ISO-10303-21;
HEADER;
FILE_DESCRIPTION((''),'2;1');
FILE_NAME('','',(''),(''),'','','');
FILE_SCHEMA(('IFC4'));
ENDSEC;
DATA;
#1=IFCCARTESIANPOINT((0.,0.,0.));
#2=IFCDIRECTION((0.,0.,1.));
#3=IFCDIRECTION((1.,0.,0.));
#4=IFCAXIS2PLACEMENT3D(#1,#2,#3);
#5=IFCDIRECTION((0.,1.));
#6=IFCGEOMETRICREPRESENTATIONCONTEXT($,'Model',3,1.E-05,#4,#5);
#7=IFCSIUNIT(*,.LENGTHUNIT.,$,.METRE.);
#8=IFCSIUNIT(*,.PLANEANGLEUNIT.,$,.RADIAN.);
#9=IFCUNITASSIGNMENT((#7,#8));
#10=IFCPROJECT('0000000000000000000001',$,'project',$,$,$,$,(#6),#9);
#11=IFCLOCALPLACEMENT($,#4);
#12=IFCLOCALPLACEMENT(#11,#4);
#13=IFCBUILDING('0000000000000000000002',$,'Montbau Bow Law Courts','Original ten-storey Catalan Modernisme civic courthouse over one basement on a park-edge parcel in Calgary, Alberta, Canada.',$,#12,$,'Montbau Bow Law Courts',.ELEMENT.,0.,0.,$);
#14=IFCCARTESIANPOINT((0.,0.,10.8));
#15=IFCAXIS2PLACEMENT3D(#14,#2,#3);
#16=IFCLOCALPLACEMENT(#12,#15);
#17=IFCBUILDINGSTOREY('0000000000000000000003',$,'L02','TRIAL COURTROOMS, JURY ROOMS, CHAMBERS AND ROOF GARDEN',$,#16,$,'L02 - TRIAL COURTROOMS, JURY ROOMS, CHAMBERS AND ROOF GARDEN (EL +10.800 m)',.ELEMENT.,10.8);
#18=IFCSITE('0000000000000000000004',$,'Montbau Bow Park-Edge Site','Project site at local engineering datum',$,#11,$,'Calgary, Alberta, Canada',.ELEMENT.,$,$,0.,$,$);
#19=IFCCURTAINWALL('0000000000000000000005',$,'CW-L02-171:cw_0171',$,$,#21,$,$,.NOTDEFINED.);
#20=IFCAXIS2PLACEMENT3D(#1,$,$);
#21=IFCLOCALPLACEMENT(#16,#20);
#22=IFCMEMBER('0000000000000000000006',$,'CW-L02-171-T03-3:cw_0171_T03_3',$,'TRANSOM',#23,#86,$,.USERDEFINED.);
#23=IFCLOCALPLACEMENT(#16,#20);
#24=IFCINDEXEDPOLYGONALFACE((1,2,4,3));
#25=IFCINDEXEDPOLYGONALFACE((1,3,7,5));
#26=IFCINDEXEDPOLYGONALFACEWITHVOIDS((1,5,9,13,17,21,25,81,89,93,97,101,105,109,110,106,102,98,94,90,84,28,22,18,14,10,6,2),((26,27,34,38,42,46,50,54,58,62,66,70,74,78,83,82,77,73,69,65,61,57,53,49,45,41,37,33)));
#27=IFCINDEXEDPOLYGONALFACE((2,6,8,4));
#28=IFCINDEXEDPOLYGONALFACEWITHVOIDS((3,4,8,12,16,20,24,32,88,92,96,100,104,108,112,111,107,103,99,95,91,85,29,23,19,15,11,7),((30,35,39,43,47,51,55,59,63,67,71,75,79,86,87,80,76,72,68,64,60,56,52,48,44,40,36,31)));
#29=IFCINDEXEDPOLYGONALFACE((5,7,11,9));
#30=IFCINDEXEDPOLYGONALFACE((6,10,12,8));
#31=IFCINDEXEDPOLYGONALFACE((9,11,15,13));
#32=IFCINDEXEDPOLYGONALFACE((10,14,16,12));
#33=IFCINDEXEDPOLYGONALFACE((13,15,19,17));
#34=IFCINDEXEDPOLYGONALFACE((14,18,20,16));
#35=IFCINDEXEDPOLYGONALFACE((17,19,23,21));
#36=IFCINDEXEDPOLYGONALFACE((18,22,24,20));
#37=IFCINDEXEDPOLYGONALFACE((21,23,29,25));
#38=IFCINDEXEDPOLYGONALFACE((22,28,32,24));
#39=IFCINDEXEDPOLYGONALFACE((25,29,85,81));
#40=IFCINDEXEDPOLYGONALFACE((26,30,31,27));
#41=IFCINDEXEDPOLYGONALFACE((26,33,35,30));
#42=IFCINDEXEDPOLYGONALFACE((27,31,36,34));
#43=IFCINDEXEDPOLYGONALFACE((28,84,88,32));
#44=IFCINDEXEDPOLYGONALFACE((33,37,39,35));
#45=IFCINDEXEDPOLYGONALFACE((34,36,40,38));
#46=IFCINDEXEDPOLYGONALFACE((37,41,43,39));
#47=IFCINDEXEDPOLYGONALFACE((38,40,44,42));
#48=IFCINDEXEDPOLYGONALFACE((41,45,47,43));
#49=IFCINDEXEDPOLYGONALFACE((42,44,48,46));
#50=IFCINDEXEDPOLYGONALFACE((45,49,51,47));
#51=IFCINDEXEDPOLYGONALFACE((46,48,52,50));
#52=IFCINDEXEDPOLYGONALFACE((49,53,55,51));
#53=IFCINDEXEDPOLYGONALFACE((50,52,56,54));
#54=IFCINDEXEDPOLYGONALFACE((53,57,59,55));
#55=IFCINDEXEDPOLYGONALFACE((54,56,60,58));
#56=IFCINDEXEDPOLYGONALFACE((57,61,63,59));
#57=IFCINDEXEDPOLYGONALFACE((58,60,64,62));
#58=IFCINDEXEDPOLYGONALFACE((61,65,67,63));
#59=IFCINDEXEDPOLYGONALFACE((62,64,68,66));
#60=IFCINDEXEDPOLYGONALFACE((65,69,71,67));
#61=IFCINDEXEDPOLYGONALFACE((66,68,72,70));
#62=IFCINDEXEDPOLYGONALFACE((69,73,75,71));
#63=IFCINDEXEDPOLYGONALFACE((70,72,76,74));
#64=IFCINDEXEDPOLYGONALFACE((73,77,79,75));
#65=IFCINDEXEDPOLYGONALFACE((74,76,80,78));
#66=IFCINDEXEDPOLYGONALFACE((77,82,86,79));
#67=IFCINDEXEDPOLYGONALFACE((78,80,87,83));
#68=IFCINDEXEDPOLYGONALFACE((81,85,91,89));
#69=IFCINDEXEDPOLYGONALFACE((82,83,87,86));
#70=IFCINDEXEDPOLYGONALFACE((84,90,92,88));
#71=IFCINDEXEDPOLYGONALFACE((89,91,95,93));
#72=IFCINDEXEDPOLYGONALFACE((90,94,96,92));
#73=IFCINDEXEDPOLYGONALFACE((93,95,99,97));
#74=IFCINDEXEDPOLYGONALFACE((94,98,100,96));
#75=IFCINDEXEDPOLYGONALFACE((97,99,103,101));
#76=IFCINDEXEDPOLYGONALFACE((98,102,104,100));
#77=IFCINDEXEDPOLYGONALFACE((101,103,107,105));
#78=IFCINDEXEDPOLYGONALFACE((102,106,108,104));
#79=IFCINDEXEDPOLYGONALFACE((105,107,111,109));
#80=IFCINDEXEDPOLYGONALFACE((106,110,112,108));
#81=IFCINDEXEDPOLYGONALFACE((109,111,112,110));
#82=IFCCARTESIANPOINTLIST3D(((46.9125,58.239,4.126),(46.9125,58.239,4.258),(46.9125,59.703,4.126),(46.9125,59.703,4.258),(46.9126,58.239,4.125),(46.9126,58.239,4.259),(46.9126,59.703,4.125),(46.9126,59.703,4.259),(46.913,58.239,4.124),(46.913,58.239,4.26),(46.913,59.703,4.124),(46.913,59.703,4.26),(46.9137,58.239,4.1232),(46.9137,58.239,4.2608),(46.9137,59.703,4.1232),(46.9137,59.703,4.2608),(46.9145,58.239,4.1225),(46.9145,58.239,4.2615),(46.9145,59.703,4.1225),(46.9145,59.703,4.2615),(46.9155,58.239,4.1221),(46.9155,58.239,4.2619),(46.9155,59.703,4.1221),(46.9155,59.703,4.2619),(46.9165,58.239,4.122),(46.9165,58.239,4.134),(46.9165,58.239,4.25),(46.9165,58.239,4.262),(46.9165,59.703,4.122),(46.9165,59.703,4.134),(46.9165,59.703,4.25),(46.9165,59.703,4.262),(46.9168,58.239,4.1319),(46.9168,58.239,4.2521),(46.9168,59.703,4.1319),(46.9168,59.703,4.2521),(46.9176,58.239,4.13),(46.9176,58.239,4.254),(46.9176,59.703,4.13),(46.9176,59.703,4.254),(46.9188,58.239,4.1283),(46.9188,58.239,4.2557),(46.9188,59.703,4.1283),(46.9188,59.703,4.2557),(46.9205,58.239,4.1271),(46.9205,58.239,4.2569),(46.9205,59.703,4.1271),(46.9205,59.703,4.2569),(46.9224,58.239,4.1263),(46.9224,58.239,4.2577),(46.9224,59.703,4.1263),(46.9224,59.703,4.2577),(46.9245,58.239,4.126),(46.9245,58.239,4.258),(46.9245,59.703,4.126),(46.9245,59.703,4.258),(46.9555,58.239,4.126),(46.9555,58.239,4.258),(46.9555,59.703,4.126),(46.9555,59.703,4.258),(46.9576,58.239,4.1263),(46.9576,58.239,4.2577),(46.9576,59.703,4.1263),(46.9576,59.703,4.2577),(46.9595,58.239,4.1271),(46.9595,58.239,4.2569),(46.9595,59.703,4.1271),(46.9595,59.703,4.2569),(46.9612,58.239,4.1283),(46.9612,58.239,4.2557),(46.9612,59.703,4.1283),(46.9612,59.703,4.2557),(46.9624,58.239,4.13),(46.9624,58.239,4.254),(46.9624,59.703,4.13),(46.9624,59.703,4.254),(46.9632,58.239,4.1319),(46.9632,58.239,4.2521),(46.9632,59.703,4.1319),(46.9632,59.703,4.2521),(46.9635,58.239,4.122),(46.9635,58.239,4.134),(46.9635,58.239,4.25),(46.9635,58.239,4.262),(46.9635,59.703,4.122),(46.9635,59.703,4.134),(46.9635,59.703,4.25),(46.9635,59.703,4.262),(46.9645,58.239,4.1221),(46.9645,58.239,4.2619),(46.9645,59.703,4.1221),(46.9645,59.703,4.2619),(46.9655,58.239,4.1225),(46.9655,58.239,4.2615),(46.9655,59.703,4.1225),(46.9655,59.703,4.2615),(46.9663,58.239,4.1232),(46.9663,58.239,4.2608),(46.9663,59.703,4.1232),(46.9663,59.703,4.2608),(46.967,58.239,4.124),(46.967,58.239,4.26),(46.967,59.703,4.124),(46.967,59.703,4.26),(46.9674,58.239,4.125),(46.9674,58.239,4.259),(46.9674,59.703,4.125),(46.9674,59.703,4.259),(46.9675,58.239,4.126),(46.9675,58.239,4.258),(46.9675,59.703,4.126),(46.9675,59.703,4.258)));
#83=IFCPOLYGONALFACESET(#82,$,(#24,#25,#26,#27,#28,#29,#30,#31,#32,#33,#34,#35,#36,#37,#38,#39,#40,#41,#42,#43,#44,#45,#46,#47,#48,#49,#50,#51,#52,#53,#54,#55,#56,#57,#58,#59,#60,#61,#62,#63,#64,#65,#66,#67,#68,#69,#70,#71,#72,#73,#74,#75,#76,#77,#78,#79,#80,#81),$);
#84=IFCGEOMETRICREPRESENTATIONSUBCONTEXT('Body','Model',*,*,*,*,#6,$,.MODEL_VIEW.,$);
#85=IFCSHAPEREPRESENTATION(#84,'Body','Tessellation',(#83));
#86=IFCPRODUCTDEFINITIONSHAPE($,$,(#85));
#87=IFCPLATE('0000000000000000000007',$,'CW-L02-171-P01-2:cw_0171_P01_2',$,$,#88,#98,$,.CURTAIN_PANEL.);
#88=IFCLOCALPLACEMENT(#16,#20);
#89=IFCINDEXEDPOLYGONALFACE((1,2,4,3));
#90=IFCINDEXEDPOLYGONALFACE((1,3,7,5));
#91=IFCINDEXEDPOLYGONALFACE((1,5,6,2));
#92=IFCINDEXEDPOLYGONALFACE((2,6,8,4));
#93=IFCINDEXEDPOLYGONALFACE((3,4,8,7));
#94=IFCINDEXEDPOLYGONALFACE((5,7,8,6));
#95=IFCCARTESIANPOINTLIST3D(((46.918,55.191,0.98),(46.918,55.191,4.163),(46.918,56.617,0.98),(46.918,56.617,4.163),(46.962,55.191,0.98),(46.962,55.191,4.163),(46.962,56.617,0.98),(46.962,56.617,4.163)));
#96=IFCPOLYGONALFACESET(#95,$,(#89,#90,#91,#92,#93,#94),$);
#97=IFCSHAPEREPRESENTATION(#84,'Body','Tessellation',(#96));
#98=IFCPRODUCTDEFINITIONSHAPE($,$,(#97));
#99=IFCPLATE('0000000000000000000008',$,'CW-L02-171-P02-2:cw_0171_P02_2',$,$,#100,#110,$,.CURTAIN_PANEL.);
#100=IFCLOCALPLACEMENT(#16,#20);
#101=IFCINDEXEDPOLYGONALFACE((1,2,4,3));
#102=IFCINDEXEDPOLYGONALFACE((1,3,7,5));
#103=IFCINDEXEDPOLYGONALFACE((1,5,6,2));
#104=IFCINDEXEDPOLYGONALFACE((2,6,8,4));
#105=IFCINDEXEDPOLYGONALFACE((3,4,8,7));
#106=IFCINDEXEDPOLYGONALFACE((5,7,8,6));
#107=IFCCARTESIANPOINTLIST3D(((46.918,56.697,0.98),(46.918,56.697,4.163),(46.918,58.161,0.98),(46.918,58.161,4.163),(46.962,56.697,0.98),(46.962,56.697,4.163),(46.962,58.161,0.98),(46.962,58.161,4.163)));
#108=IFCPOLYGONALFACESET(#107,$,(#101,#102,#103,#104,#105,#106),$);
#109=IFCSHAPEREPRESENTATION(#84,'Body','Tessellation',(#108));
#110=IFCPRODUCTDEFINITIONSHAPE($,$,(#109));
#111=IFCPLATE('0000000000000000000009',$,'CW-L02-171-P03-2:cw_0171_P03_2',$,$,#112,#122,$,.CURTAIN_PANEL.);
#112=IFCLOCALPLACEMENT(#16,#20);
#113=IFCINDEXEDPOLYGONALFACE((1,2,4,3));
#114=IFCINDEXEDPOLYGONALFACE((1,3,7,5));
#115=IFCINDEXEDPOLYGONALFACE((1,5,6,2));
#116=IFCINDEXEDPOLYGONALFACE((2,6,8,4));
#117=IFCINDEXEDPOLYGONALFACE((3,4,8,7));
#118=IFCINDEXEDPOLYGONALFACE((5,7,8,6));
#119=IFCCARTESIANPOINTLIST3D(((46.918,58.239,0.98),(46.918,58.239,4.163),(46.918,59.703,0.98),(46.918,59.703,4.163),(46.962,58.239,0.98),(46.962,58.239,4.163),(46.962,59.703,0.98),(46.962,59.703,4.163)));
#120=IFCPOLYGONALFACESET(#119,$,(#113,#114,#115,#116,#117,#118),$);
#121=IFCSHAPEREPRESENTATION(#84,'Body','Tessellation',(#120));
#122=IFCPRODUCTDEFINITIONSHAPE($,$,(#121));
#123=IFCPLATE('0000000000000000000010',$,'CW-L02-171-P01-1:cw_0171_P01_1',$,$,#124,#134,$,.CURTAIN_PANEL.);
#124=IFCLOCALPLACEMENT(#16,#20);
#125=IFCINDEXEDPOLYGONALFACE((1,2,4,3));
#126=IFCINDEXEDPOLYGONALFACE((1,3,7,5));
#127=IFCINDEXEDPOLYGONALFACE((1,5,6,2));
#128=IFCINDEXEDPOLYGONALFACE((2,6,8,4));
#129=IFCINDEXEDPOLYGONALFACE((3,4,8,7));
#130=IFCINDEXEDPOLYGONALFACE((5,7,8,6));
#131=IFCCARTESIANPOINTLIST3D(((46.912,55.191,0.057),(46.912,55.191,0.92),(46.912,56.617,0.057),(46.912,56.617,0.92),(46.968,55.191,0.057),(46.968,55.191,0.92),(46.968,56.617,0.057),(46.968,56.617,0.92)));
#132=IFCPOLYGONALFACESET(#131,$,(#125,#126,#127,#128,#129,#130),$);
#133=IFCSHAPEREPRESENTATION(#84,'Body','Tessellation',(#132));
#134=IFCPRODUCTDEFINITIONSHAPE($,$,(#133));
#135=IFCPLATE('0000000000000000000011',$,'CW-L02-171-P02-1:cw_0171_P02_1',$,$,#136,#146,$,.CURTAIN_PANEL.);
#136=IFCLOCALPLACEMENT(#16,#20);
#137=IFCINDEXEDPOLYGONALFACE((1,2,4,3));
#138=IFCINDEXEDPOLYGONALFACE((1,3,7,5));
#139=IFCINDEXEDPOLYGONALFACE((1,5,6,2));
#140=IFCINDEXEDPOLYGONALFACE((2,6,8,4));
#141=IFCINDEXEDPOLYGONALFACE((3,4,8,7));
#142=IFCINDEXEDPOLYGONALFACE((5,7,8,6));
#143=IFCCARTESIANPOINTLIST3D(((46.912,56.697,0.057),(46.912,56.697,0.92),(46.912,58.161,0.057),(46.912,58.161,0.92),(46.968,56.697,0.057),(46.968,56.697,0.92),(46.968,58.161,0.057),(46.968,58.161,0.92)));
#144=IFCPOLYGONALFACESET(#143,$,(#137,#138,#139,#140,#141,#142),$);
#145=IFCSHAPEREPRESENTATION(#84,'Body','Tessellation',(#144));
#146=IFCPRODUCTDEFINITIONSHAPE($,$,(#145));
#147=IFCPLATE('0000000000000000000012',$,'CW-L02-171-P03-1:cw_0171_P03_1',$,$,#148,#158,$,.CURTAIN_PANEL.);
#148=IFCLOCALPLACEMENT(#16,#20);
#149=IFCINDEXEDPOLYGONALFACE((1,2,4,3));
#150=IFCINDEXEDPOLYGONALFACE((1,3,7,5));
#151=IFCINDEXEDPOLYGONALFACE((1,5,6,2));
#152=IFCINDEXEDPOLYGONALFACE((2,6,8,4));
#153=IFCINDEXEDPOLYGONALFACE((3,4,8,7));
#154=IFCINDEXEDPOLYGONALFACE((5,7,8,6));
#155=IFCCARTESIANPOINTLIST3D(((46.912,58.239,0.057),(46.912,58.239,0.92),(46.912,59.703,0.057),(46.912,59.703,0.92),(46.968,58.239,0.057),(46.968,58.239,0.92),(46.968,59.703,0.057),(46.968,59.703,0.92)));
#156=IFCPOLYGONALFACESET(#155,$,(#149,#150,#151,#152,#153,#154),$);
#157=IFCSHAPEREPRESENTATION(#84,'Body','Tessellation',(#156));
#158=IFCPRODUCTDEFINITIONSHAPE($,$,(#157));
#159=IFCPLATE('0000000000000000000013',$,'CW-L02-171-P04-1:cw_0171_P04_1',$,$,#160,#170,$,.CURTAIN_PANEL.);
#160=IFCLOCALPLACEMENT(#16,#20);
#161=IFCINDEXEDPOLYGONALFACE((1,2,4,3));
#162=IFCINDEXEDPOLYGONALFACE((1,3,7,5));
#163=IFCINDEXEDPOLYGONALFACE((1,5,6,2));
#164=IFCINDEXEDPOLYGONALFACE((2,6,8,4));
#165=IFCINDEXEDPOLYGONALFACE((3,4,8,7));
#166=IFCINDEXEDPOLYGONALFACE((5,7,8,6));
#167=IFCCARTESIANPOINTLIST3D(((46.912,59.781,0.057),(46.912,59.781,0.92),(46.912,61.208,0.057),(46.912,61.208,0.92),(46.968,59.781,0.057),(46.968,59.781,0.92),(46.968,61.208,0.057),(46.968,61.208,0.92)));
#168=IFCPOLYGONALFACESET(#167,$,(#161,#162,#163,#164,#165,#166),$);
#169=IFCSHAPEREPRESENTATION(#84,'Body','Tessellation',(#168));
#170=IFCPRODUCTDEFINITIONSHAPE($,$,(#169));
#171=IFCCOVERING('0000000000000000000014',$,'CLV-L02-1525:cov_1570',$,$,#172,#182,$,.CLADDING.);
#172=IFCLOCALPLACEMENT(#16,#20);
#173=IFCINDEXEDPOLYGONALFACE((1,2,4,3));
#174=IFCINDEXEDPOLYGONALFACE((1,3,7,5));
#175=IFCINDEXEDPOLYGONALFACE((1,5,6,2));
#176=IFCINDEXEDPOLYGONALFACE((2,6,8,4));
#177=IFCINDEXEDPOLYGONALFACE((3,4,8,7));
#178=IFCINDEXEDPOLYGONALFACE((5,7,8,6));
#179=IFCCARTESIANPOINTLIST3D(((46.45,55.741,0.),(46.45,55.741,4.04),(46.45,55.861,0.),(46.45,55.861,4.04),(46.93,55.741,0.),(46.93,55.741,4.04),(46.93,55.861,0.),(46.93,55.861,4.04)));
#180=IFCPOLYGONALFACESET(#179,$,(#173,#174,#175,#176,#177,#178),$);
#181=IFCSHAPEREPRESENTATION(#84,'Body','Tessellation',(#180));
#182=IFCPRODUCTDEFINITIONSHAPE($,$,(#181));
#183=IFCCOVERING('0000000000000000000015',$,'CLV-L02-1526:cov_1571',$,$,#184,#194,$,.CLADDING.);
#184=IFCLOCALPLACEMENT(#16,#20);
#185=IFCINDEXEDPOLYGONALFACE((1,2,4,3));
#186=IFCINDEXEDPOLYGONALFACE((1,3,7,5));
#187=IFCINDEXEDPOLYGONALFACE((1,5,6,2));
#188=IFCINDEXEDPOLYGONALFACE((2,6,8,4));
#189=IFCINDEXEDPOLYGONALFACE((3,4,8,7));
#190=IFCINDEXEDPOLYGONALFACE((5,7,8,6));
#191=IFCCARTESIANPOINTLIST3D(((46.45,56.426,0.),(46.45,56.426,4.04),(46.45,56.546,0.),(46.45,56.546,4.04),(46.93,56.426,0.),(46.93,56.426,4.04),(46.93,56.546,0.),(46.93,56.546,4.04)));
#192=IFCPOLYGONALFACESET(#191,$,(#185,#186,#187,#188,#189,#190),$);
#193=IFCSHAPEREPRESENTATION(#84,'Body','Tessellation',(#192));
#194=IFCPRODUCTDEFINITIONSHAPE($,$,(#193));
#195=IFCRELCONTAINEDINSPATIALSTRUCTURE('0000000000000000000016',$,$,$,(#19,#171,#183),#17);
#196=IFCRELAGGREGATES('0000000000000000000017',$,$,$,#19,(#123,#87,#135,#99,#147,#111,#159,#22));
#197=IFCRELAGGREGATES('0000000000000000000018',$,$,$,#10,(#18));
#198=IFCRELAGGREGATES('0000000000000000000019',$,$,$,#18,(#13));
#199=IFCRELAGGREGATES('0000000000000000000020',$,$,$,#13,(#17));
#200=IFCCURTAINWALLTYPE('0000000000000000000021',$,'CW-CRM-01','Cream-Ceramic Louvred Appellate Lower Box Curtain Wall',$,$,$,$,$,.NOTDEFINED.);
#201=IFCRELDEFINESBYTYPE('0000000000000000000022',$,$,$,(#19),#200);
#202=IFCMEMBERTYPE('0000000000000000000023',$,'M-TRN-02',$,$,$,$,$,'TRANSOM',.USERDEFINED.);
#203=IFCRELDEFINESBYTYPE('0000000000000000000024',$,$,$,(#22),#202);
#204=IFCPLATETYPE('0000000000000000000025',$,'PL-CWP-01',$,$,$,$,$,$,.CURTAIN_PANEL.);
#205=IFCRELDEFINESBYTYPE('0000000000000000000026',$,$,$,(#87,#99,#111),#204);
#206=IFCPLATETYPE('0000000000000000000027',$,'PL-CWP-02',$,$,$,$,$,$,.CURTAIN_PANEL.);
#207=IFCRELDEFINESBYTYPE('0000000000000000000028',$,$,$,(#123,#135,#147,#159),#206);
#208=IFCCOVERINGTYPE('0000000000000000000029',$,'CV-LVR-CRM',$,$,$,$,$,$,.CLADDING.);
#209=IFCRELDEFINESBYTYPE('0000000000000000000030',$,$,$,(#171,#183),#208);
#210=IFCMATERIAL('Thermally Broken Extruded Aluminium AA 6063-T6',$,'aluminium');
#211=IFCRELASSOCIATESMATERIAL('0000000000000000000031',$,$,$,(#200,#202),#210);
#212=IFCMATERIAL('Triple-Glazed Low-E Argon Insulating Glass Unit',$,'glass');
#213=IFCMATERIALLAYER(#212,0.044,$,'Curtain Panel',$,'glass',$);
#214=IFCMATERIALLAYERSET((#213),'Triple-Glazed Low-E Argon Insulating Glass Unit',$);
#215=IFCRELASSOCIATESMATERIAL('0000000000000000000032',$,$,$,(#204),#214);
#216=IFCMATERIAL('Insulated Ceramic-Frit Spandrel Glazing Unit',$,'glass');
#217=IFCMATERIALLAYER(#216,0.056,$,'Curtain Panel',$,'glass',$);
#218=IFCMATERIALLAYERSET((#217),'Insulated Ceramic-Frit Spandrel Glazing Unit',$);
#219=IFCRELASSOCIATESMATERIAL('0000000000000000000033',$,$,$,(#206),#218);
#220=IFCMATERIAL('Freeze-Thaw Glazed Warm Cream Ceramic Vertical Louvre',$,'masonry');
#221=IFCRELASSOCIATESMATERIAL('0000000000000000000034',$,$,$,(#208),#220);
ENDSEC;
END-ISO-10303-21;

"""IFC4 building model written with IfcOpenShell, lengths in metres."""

from ifc_helpers import new_model, si_unit, direction, frame, frame_2d, origin_with_axes, origin_2d_with_axis, place, context, subcontext, project, spatial, rectangle, hollow_rectangle, extrude, material, layer, layer_set, material_profile, profile_set, type_object, element, aggregate, save


model = new_model("IFC4")

# Units and contexts
model_context = context("Model", 3, precision=1e-05, world=origin_with_axes(), true_north=direction((0.0, 1.0)))
body_context = subcontext(model_context, "Body", "Model", "MODEL_VIEW")
ifc_project = project(units=[si_unit("LENGTHUNIT", "METRE"), si_unit("PLANEANGLEUNIT", "RADIAN")], contexts=[model_context])

# Site, building, storey
site_placement = place(None, origin_with_axes())
site = spatial("IfcSite", under=ifc_project, at=site_placement, Name="Montbau Bow Park-Edge Site", Description="Project site at local engineering datum", LongName="Calgary, Alberta, Canada", CompositionType="ELEMENT", RefElevation=0.0)
building_placement = place(site_placement, origin_with_axes())
building = spatial("IfcBuilding", under=site, at=building_placement, Name="Montbau Bow Law Courts", Description="Original ten-storey Catalan Modernisme civic courthouse over one basement on a park-edge parcel in Calgary, Alberta, Canada.", LongName="Montbau Bow Law Courts", CompositionType="ELEMENT", ElevationOfRefHeight=0.0, ElevationOfTerrain=0.0)
storey_placement = place(building_placement, frame((0.0, 0.0, 10.8), z_axis=(0.0, 0.0, 1.0), x_axis=(1.0, 0.0, 0.0)))
storey = spatial("IfcBuildingStorey", under=building, at=storey_placement, Name="L02", Description="TRIAL COURTROOMS, JURY ROOMS, CHAMBERS AND ROOF GARDEN", LongName="L02 - TRIAL COURTROOMS, JURY ROOMS, CHAMBERS AND ROOF GARDEN (EL +10.800 m)", CompositionType="ELEMENT", Elevation=10.8)

# Curtain wall, member, plates
ifc_material_1 = material(Name="Thermally Broken Extruded Aluminium AA 6063-T6", Category="aluminium")
curtain_wall_type = type_object("IfcCurtainWallType", Name="CW-CRM-01", Description="Cream-Ceramic Louvred Appellate Lower Box Curtain Wall", PredefinedType="NOTDEFINED", material=ifc_material_1)
curtain_wall_placement = place(None, frame((46.94, 55.115, 10.8), z_axis=(0.0, 0.0, 1.0), x_axis=(1.0, 0.0, 0.0)))
curtain_wall = element("IfcCurtainWall", 1, at=curtain_wall_placement, inside=storey, type_object=curtain_wall_type, Name="CW-L02-171:cw_0171", PredefinedType="NOTDEFINED")
ifc_material_profile_1 = material_profile(ifc_material_1, hollow_rectangle(XDim=0.055, YDim=0.14, WallThickness=0.004, InnerFilletRadius=0.008, OuterFilletRadius=0.004, at=origin_2d_with_axis()), Name="CWT-140X55", Category="Main", Priority=0)
ifc_profile_set_1 = profile_set([ifc_material_profile_1], Name="Thermally Broken Extruded Aluminium AA 6063-T6")
member_type_1 = type_object("IfcMemberType", Name="M-TRN-02", ElementType="TRANSOM", PredefinedType="USERDEFINED", material=ifc_profile_set_1)
member_1_placement = place(None, frame((46.94, 58.239, 14.992), z_axis=(0.0, 1.0, 0.0), x_axis=(-1.0, 0.0, 0.0)))
member_1 = element("IfcMember", 2, at=member_1_placement, type_object=member_type_1, Name="CW-L02-171-T03-3:cw_0171_T03_3", ObjectType="TRANSOM", PredefinedType="USERDEFINED", context=body_context, shape_type="SweptSolid", body=[
    extrude(hollow_rectangle(XDim=0.055, YDim=0.14, WallThickness=0.004, InnerFilletRadius=0.008, OuterFilletRadius=0.004, at=origin_2d_with_axis()), origin_with_axes(), (0.0, 0.0, 1.0), 1.464),
])
ifc_material_2 = material(Name="Triple-Glazed Low-E Argon Insulating Glass Unit", Category="glass")
ifc_layer_1 = layer(ifc_material_2, 0.044, Name="Curtain Panel", Category="glass")
ifc_layer_set_1 = layer_set([ifc_layer_1], Name="Triple-Glazed Low-E Argon Insulating Glass Unit")
plate_type_1 = type_object("IfcPlateType", Name="PL-CWP-01", PredefinedType="CURTAIN_PANEL", material=ifc_layer_set_1)
plate_1_placement = place(None, frame((46.94, 55.191, 11.78), z_axis=(1.0, 0.0, 0.0), x_axis=(0.0, 1.0, 0.0)))
plate_1 = element("IfcPlate", 3, at=plate_1_placement, type_object=plate_type_1, Name="CW-L02-171-P01-2:cw_0171_P01_2", PredefinedType="CURTAIN_PANEL", context=body_context, shape_type="SweptSolid", body=[
    extrude(rectangle(XDim=1.426, YDim=3.183, at=frame_2d((0.713, 1.5915), x_axis=(1.0, 0.0))), frame((0.0, 0.0, -0.022), z_axis=(0.0, 0.0, 1.0), x_axis=(1.0, 0.0, 0.0)), (0.0, 0.0, 1.0), 0.044),
])
plate_2_placement = place(None, frame((46.94, 56.697, 11.78), z_axis=(1.0, 0.0, 0.0), x_axis=(0.0, 1.0, 0.0)))
plate_2 = element("IfcPlate", 4, at=plate_2_placement, type_object=plate_type_1, Name="CW-L02-171-P02-2:cw_0171_P02_2", PredefinedType="CURTAIN_PANEL", context=body_context, shape_type="SweptSolid", body=[
    extrude(rectangle(XDim=1.464, YDim=3.183, at=frame_2d((0.732, 1.5915), x_axis=(1.0, 0.0))), frame((0.0, 0.0, -0.022), z_axis=(0.0, 0.0, 1.0), x_axis=(1.0, 0.0, 0.0)), (0.0, 0.0, 1.0), 0.044),
])
plate_3_placement = place(None, frame((46.94, 58.239, 11.78), z_axis=(1.0, 0.0, 0.0), x_axis=(0.0, 1.0, 0.0)))
plate_3 = element("IfcPlate", 5, at=plate_3_placement, type_object=plate_type_1, Name="CW-L02-171-P03-2:cw_0171_P03_2", PredefinedType="CURTAIN_PANEL", context=body_context, shape_type="SweptSolid", body=[
    extrude(rectangle(XDim=1.464, YDim=3.183, at=frame_2d((0.732, 1.5915), x_axis=(1.0, 0.0))), frame((0.0, 0.0, -0.022), z_axis=(0.0, 0.0, 1.0), x_axis=(1.0, 0.0, 0.0)), (0.0, 0.0, 1.0), 0.044),
])
ifc_material_3 = material(Name="Insulated Ceramic-Frit Spandrel Glazing Unit", Category="glass")
ifc_layer_2 = layer(ifc_material_3, 0.056, Name="Curtain Panel", Category="glass")
ifc_layer_set_2 = layer_set([ifc_layer_2], Name="Insulated Ceramic-Frit Spandrel Glazing Unit")
plate_type_2 = type_object("IfcPlateType", Name="PL-CWP-02", PredefinedType="CURTAIN_PANEL", material=ifc_layer_set_2)
plate_4_placement = place(None, frame((46.94, 55.191, 10.857), z_axis=(1.0, 0.0, 0.0), x_axis=(0.0, 1.0, 0.0)))
plate_4 = element("IfcPlate", 6, at=plate_4_placement, type_object=plate_type_2, Name="CW-L02-171-P01-1:cw_0171_P01_1", PredefinedType="CURTAIN_PANEL", context=body_context, shape_type="SweptSolid", body=[
    extrude(rectangle(XDim=1.426, YDim=0.863, at=frame_2d((0.713, 0.4315), x_axis=(1.0, 0.0))), frame((0.0, 0.0, -0.028), z_axis=(0.0, 0.0, 1.0), x_axis=(1.0, 0.0, 0.0)), (0.0, 0.0, 1.0), 0.056),
])
plate_5_placement = place(None, frame((46.94, 56.697, 10.857), z_axis=(1.0, 0.0, 0.0), x_axis=(0.0, 1.0, 0.0)))
plate_5 = element("IfcPlate", 7, at=plate_5_placement, type_object=plate_type_2, Name="CW-L02-171-P02-1:cw_0171_P02_1", PredefinedType="CURTAIN_PANEL", context=body_context, shape_type="SweptSolid", body=[
    extrude(rectangle(XDim=1.464, YDim=0.863, at=frame_2d((0.732, 0.4315), x_axis=(1.0, 0.0))), frame((0.0, 0.0, -0.028), z_axis=(0.0, 0.0, 1.0), x_axis=(1.0, 0.0, 0.0)), (0.0, 0.0, 1.0), 0.056),
])
plate_6_placement = place(None, frame((46.94, 58.239, 10.857), z_axis=(1.0, 0.0, 0.0), x_axis=(0.0, 1.0, 0.0)))
plate_6 = element("IfcPlate", 8, at=plate_6_placement, type_object=plate_type_2, Name="CW-L02-171-P03-1:cw_0171_P03_1", PredefinedType="CURTAIN_PANEL", context=body_context, shape_type="SweptSolid", body=[
    extrude(rectangle(XDim=1.464, YDim=0.863, at=frame_2d((0.732, 0.4315), x_axis=(1.0, 0.0))), frame((0.0, 0.0, -0.028), z_axis=(0.0, 0.0, 1.0), x_axis=(1.0, 0.0, 0.0)), (0.0, 0.0, 1.0), 0.056),
])
plate_7_placement = place(None, frame((46.94, 59.781, 10.857), z_axis=(1.0, 0.0, 0.0), x_axis=(0.0, 1.0, 0.0)))
plate_7 = element("IfcPlate", 9, at=plate_7_placement, type_object=plate_type_2, Name="CW-L02-171-P04-1:cw_0171_P04_1", PredefinedType="CURTAIN_PANEL", context=body_context, shape_type="SweptSolid", body=[
    extrude(rectangle(XDim=1.427, YDim=0.863, at=frame_2d((0.7135, 0.4315), x_axis=(1.0, 0.0))), frame((0.0, 0.0, -0.028), z_axis=(0.0, 0.0, 1.0), x_axis=(1.0, 0.0, 0.0)), (0.0, 0.0, 1.0), 0.056),
])
aggregate(curtain_wall, [plate_4, plate_1, plate_5, plate_2, plate_6, plate_3, plate_7, member_1])

# Coverings
ifc_material_4 = material(Name="Freeze-Thaw Glazed Warm Cream Ceramic Vertical Louvre", Category="masonry")
covering_type = type_object("IfcCoveringType", Name="CV-LVR-CRM", PredefinedType="CLADDING", material=ifc_material_4)
for number, where, z_axis, x_axis, name in (
    (10, (46.93, 55.801, 10.8), (0.0, 1.0, 0.0), (-1.0, 0.0, 0.0), "CLV-L02-1525:cov_1570"),
    (11, (46.93, 56.486, 10.8), (0.0, 1.0, 0.0), (-1.0, 0.0, 0.0), "CLV-L02-1526:cov_1571"),
):
    element("IfcCovering", number, at=place(None, frame(where, z_axis=z_axis, x_axis=x_axis)), inside=storey, type_object=covering_type, Name=name, PredefinedType="CLADDING", context=body_context, shape_type="SweptSolid", body=[
        extrude(rectangle(XDim=0.48, YDim=4.04, at=frame_2d((0.24, 2.02), x_axis=(1.0, 0.0))), frame((0.0, 0.0, -0.06), z_axis=(0.0, 0.0, 1.0), x_axis=(1.0, 0.0, 0.0)), (0.0, 0.0, 1.0), 0.12),
    ])

save(model, "model.ifc")
